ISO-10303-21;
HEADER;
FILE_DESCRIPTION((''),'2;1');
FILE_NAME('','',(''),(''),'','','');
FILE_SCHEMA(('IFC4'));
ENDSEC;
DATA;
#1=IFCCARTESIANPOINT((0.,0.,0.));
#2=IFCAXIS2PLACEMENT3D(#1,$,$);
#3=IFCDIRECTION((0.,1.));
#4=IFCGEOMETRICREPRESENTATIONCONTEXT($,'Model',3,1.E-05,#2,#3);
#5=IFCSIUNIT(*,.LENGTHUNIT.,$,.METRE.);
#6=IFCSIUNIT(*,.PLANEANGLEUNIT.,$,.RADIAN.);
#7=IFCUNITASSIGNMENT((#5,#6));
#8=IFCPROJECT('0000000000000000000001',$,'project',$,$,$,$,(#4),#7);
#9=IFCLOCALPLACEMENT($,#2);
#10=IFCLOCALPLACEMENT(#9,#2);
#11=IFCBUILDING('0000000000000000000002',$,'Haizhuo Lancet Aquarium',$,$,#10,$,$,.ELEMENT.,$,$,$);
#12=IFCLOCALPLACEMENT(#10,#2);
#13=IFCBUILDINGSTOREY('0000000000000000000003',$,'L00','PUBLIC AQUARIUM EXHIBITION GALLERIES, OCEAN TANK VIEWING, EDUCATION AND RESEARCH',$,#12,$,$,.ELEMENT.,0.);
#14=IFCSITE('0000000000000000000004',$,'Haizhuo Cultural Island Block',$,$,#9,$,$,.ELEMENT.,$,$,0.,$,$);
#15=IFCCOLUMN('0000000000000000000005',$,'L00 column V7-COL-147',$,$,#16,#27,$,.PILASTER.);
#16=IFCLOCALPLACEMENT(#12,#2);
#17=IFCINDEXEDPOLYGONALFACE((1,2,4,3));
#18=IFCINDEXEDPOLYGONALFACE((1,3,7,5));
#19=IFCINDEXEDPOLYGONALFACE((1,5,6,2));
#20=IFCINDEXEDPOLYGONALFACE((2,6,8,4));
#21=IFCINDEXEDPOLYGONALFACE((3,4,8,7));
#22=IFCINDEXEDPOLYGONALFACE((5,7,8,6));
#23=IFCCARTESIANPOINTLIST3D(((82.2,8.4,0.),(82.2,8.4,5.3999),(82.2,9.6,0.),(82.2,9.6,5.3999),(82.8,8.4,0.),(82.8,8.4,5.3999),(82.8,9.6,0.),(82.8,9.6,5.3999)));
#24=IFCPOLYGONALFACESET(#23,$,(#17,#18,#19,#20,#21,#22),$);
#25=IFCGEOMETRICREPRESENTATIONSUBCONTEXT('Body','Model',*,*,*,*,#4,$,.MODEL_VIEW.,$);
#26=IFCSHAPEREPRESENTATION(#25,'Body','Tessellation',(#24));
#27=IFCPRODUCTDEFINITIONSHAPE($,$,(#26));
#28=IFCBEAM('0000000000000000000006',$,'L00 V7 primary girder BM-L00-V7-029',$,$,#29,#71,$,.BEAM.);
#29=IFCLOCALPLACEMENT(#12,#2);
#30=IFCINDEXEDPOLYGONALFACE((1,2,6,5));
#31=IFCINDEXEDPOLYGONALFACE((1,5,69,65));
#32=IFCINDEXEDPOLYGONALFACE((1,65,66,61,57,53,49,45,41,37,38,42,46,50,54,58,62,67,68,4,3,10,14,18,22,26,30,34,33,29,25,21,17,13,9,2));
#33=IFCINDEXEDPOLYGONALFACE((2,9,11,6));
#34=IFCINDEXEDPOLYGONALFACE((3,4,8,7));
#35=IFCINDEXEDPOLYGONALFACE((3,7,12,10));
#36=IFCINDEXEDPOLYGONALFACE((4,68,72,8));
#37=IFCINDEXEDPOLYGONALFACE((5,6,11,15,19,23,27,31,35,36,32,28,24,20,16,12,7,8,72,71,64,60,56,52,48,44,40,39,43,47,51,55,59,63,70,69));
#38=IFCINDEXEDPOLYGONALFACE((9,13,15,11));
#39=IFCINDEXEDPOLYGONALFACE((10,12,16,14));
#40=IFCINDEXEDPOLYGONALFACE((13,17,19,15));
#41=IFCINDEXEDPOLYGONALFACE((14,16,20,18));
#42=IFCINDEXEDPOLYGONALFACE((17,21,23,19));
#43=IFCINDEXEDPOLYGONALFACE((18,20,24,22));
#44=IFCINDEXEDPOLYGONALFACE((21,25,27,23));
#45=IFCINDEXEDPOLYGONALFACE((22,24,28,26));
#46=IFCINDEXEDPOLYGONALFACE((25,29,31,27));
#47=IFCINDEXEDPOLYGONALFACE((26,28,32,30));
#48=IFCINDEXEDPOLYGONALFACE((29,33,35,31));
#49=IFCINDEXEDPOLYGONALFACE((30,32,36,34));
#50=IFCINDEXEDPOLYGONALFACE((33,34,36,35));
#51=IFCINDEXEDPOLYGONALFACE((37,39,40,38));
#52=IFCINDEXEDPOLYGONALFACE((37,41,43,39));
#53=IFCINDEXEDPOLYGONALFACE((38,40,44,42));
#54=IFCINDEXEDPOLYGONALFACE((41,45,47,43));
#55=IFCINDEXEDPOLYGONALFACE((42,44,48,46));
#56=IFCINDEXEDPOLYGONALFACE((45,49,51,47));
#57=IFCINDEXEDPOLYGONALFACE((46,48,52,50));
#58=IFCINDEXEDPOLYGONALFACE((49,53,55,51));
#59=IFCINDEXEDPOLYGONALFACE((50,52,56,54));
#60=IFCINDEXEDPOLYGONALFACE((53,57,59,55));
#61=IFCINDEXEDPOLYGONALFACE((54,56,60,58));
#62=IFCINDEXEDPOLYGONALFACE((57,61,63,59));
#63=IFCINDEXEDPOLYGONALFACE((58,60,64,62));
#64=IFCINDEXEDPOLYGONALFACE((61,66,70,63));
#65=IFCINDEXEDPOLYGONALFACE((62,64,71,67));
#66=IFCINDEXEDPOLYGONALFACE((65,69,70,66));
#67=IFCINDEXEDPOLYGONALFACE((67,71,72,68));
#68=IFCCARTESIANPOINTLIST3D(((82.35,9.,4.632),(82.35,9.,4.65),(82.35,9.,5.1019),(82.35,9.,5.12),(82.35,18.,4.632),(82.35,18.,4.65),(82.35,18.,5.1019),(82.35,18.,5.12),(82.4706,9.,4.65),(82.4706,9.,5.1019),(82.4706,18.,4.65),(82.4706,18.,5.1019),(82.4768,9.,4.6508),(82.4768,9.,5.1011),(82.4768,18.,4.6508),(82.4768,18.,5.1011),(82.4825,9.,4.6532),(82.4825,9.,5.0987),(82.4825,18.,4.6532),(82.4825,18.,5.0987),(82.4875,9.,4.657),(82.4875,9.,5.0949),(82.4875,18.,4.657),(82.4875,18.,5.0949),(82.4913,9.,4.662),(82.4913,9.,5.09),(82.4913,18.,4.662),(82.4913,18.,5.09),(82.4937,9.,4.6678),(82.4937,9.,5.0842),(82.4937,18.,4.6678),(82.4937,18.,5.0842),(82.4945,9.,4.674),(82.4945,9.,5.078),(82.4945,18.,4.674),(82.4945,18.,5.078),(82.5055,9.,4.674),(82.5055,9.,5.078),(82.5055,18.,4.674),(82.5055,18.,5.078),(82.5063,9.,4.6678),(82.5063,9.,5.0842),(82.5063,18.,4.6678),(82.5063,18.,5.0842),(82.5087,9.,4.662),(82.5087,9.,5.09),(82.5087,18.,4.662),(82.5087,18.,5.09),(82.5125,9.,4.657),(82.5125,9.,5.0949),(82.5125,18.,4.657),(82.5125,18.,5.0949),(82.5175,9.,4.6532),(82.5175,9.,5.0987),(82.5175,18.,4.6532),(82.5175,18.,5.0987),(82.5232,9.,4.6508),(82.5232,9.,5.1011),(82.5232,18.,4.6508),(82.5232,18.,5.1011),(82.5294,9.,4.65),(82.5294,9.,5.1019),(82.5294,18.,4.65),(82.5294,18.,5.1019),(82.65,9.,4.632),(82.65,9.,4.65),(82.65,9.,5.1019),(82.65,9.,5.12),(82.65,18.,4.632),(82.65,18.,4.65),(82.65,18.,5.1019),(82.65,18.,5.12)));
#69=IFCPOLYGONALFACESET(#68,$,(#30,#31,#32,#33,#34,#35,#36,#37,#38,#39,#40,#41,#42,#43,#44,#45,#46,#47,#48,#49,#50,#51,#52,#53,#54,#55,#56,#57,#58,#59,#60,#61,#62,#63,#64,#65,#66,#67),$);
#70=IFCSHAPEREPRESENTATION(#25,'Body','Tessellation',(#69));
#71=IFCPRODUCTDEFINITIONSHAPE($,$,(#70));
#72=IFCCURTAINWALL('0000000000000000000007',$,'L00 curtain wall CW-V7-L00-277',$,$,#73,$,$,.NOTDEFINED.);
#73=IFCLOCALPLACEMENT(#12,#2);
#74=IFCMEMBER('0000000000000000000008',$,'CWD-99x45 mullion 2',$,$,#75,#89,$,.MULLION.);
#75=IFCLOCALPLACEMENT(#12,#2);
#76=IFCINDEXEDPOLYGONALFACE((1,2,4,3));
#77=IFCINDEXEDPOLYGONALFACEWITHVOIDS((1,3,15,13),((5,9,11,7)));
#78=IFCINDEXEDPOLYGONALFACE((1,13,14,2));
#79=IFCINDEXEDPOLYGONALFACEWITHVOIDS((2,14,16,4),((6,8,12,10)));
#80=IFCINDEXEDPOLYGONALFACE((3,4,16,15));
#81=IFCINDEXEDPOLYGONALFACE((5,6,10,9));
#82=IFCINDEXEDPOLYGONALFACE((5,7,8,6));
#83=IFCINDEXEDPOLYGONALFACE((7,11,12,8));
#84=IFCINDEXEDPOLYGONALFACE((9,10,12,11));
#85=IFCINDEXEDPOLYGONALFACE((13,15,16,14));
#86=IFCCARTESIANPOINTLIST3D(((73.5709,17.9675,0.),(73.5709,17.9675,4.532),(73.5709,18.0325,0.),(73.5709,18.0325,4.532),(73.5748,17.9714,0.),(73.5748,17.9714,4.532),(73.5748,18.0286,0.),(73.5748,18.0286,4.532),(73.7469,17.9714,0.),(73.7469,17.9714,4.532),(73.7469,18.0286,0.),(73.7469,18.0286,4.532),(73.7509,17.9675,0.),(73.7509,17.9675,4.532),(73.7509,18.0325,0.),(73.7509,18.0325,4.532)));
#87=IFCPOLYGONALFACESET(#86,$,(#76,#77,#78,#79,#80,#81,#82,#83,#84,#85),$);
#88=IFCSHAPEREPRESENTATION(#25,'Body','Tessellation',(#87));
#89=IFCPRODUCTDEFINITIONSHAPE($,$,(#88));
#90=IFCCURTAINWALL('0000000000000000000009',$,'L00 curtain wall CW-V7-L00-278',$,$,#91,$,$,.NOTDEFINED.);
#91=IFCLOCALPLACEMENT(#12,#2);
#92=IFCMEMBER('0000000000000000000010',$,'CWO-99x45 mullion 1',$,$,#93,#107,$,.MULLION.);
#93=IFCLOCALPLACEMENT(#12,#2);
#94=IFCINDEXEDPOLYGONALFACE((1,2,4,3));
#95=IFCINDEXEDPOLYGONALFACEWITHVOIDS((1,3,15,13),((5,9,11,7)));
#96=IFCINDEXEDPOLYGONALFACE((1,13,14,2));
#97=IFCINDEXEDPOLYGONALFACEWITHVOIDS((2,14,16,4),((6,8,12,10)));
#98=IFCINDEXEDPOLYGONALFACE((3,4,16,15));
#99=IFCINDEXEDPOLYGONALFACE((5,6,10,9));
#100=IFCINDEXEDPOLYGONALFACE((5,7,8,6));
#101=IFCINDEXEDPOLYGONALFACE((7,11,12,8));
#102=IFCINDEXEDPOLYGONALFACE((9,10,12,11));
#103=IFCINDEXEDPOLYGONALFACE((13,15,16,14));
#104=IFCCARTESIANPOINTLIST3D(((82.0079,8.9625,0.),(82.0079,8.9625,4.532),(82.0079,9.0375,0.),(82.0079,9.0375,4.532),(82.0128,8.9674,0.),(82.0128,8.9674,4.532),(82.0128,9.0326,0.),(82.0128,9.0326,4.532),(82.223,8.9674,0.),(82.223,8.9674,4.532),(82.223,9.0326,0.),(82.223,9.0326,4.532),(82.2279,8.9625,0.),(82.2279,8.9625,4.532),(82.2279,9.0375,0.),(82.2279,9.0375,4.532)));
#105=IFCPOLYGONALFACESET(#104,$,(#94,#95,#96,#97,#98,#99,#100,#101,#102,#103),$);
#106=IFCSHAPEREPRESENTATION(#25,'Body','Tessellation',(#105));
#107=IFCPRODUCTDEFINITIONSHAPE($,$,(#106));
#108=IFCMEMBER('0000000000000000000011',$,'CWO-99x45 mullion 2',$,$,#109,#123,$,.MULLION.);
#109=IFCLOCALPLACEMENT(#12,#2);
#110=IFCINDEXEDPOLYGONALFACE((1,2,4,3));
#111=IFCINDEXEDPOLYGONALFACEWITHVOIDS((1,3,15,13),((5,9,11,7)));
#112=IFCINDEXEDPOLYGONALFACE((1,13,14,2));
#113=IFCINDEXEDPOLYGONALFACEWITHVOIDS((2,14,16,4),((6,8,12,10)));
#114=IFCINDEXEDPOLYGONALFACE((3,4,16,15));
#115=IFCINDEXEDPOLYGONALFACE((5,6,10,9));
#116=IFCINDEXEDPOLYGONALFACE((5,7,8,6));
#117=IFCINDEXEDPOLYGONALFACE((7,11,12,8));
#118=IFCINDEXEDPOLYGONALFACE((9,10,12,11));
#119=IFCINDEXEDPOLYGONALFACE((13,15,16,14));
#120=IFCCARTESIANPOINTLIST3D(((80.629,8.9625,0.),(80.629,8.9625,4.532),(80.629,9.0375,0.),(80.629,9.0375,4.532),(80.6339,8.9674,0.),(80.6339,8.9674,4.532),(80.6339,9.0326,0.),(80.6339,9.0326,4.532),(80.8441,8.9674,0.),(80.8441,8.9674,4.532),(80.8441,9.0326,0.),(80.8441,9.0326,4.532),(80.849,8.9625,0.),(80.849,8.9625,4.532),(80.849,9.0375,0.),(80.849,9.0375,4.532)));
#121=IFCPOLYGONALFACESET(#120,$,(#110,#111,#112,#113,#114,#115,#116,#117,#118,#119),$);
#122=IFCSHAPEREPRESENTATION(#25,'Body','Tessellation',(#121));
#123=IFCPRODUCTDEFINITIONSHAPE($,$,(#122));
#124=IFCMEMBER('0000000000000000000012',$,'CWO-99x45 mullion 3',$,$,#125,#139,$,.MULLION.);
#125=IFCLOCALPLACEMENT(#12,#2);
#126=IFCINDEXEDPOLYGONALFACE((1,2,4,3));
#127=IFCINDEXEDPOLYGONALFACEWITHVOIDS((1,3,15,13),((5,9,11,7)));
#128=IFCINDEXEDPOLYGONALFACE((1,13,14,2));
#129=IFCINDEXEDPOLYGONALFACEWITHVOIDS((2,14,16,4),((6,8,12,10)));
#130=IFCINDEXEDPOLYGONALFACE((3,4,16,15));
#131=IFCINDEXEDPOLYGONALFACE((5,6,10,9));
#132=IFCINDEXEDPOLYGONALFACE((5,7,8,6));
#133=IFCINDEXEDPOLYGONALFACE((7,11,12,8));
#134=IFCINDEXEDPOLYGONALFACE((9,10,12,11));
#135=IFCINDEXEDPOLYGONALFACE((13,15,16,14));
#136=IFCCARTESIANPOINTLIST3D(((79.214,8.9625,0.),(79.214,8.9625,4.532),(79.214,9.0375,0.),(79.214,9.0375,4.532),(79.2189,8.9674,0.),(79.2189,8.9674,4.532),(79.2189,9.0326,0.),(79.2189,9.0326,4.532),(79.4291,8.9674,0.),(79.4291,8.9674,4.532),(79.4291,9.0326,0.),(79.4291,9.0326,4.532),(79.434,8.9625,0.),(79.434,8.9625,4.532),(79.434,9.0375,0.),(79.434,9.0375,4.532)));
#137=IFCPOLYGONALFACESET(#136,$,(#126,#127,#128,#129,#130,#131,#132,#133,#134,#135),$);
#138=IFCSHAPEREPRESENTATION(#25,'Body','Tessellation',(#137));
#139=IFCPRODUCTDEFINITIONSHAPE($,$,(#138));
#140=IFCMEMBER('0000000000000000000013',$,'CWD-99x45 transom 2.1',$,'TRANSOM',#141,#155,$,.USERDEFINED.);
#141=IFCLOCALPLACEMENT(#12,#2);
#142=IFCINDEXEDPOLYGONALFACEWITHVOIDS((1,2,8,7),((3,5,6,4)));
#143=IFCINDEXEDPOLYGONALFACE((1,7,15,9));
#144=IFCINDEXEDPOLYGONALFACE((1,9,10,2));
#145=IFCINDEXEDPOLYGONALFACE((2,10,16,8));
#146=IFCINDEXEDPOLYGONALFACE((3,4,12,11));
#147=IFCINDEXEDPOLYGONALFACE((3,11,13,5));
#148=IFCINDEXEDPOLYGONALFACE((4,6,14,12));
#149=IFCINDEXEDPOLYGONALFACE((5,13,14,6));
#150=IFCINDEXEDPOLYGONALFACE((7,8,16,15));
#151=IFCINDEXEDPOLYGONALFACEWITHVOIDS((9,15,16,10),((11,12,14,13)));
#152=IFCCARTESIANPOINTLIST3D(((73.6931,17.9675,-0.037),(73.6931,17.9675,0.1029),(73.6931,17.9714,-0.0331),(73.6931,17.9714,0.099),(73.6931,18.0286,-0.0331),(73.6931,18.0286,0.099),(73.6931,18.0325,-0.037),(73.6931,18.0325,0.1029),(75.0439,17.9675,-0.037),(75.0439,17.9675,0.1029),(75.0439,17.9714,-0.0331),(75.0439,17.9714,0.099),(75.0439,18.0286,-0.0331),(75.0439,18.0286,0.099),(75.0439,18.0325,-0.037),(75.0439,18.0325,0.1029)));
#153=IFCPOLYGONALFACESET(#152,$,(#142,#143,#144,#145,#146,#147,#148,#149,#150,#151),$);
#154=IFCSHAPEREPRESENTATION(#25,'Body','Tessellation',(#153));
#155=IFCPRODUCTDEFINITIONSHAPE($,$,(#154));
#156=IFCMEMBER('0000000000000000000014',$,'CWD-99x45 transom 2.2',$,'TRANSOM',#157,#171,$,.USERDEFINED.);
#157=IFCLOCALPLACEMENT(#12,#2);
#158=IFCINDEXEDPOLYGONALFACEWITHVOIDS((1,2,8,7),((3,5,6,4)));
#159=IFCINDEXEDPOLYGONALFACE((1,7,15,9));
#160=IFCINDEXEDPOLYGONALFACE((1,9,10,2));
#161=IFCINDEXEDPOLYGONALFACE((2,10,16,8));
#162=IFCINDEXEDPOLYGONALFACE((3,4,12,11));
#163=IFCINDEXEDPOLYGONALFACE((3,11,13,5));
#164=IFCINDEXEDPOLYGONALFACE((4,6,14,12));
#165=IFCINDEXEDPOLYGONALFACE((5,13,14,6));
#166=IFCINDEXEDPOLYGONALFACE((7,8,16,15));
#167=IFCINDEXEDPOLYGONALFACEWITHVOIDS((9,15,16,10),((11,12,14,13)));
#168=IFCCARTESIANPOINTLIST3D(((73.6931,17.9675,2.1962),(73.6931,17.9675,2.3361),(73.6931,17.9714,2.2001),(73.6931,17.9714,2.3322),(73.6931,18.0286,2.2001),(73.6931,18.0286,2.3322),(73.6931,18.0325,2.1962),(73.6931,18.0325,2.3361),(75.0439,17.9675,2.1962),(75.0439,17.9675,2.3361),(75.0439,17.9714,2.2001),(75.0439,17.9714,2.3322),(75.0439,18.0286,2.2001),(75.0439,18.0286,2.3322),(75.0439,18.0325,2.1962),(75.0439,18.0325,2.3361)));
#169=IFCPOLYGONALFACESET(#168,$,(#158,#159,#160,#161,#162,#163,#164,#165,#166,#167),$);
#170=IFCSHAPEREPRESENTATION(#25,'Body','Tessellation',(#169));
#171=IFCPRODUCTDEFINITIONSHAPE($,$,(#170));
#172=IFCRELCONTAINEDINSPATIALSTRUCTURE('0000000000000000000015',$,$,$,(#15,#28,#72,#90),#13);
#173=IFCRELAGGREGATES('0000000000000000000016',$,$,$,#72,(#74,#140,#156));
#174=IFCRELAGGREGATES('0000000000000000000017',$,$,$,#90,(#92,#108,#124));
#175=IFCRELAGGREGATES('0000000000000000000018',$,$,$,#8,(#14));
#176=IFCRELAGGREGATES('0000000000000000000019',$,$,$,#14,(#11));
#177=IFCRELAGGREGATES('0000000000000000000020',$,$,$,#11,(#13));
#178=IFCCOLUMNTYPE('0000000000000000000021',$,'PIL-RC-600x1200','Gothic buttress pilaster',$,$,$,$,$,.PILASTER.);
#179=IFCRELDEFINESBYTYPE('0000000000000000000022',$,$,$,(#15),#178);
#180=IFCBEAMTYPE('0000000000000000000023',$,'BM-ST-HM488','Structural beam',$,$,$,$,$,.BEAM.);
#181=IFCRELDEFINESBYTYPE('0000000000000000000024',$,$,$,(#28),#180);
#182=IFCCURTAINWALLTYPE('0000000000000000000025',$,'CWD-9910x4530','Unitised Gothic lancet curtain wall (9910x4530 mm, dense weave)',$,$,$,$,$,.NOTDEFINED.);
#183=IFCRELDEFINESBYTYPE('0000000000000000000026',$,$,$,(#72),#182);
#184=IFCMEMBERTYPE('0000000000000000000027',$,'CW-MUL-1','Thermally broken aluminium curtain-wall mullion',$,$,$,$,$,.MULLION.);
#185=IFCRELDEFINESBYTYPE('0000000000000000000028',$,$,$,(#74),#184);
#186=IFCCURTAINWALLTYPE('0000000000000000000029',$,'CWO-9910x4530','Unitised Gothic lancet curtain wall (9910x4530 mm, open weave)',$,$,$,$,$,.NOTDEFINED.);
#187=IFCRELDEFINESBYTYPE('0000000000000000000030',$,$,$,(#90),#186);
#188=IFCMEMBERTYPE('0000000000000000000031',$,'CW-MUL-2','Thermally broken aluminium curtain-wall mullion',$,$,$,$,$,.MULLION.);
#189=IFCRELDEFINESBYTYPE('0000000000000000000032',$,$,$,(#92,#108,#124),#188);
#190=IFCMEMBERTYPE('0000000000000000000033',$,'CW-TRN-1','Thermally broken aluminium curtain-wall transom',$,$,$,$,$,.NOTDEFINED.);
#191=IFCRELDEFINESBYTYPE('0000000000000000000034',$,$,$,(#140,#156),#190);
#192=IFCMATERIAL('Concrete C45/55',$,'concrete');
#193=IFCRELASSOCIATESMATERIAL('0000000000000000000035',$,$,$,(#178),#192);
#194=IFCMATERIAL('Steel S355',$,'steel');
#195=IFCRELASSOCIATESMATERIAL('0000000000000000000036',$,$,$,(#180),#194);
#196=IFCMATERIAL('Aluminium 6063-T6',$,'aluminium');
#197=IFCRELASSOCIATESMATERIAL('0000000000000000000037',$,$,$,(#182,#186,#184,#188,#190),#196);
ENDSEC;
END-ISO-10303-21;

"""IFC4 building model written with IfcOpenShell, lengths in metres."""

from ifc_helpers import new_model, si_unit, direction, frame, origin, origin_2d, place, context, subcontext, project, spatial, rectangle, hollow_rectangle, i_section, extrude, material, material_profile, profile_set, type_object, element, aggregate, save


model = new_model("IFC4")

# Units and contexts
model_context = context("Model", 3, precision=1e-05, world=origin(), true_north=direction((0.0, 1.0)))
body_context = subcontext(model_context, "Body", "Model", "MODEL_VIEW")
ifc_project = project(units=[si_unit("LENGTHUNIT", "METRE"), si_unit("PLANEANGLEUNIT", "RADIAN")], contexts=[model_context])

# Site, building, storey
site_placement = place(None, origin())
site = spatial("IfcSite", under=ifc_project, at=site_placement, Name="Haizhuo Cultural Island Block", CompositionType="ELEMENT", RefElevation=0.0)
building_placement = place(site_placement, origin())
building = spatial("IfcBuilding", under=site, at=building_placement, Name="Haizhuo Lancet Aquarium", CompositionType="ELEMENT")
storey_placement = place(building_placement, origin())
storey = spatial("IfcBuildingStorey", under=building, at=storey_placement, Name="L00", Description="PUBLIC AQUARIUM EXHIBITION GALLERIES, OCEAN TANK VIEWING, EDUCATION AND RESEARCH", CompositionType="ELEMENT", Elevation=0.0)

# Column
ifc_material_1 = material(Name="Concrete C45/55", Category="concrete")
ifc_material_profile_1 = material_profile(ifc_material_1, rectangle(XDim=0.6001, YDim=1.2, at=origin_2d()), Name="RC-PIL 600x1200")
ifc_profile_set_1 = profile_set([ifc_material_profile_1], Name="Concrete C45/55")
column_type = type_object("IfcColumnType", Name="PIL-RC-600x1200", Description="Gothic buttress pilaster", PredefinedType="PILASTER", material=ifc_profile_set_1)
column_placement = place(storey_placement, frame((82.5, 9.0, 0.0), z_axis=(0.0, 0.0, 1.0), x_axis=(1.0, 0.0, 0.0)))
element("IfcColumn", 1, at=column_placement, inside=storey, type_object=column_type, Name="L00 column V7-COL-147", PredefinedType="PILASTER", context=body_context, shape_type="SweptSolid", body=[
    extrude(rectangle(XDim=0.6001, YDim=1.2, at=origin_2d()), origin(), (0.0, 0.0, 1.0), 5.3999),
])

# Beam
ifc_material_2 = material(Name="Steel S355", Category="steel")
ifc_material_profile_2 = material_profile(ifc_material_2, i_section(OverallWidth=0.3, OverallDepth=0.488, WebThickness=0.011, FlangeThickness=0.0181, FilletRadius=0.0239, at=origin_2d()), Name="HM 488x300x11x18")
ifc_profile_set_2 = profile_set([ifc_material_profile_2], Name="Steel S355")
beam_type = type_object("IfcBeamType", Name="BM-ST-HM488", Description="Structural beam", PredefinedType="BEAM", material=ifc_profile_set_2)
beam_placement = place(storey_placement, frame((82.5, 9.0, 4.876), z_axis=(0.0, 1.0, 0.0), x_axis=(-1.0, 0.0, 0.0)))
element("IfcBeam", 2, at=beam_placement, inside=storey, type_object=beam_type, Name="L00 V7 primary girder BM-L00-V7-029", PredefinedType="BEAM", context=body_context, shape_type="SweptSolid", body=[
    extrude(i_section(OverallWidth=0.3, OverallDepth=0.488, WebThickness=0.011, FlangeThickness=0.0181, FilletRadius=0.0239, at=origin_2d()), origin(), (0.0, 0.0, 1.0), 9.0),
])

# Curtain wall, member
ifc_material_3 = material(Name="Aluminium 6063-T6", Category="aluminium")
curtain_wall_type_1 = type_object("IfcCurtainWallType", Name="CWD-9910x4530", Description="Unitised Gothic lancet curtain wall (9910x4530 mm, dense weave)", PredefinedType="NOTDEFINED", material=ifc_material_3)
curtain_wall_1_placement = place(storey_placement, origin())
curtain_wall_1 = element("IfcCurtainWall", 3, at=curtain_wall_1_placement, inside=storey, type_object=curtain_wall_type_1, Name="L00 curtain wall CW-V7-L00-277", PredefinedType="NOTDEFINED")
ifc_material_profile_3 = material_profile(ifc_material_3, hollow_rectangle(XDim=0.0649, YDim=0.1799, WallThickness=0.0039, at=origin_2d()), Name="ALU-M 65x180x4")
ifc_profile_set_3 = profile_set([ifc_material_profile_3], Name="Aluminium 6063-T6")
member_type_1 = type_object("IfcMemberType", Name="CW-MUL-1", Description="Thermally broken aluminium curtain-wall mullion", PredefinedType="MULLION", material=ifc_profile_set_3)
member_1_placement = place(storey_placement, frame((73.6609, 18.0, 0.0), z_axis=(0.0, 0.0, 1.0), x_axis=(0.0, 1.0, 0.0)))
member_1 = element("IfcMember", 4, at=member_1_placement, type_object=member_type_1, Name="CWD-99x45 mullion 2", PredefinedType="MULLION", context=body_context, shape_type="SweptSolid", body=[
    extrude(hollow_rectangle(XDim=0.0649, YDim=0.1799, WallThickness=0.0039, at=origin_2d()), origin(), (0.0, 0.0, 1.0), 4.532),
])

# Curtain wall, members
curtain_wall_type_2 = type_object("IfcCurtainWallType", Name="CWO-9910x4530", Description="Unitised Gothic lancet curtain wall (9910x4530 mm, open weave)", PredefinedType="NOTDEFINED", material=ifc_material_3)
curtain_wall_2_placement = place(storey_placement, origin())
curtain_wall_2 = element("IfcCurtainWall", 5, at=curtain_wall_2_placement, inside=storey, type_object=curtain_wall_type_2, Name="L00 curtain wall CW-V7-L00-278", PredefinedType="NOTDEFINED")
ifc_material_profile_4 = material_profile(ifc_material_3, hollow_rectangle(XDim=0.075, YDim=0.22, WallThickness=0.0049, at=origin_2d()), Name="ALU-M 75x220x5")
ifc_profile_set_4 = profile_set([ifc_material_profile_4], Name="Aluminium 6063-T6")
member_type_2 = type_object("IfcMemberType", Name="CW-MUL-2", Description="Thermally broken aluminium curtain-wall mullion", PredefinedType="MULLION", material=ifc_profile_set_4)
member_2_placement = place(storey_placement, frame((82.1179, 9.0, 0.0), z_axis=(0.0, 0.0, 1.0), x_axis=(0.0, -1.0, 0.0)))
member_2 = element("IfcMember", 6, at=member_2_placement, type_object=member_type_2, Name="CWO-99x45 mullion 1", PredefinedType="MULLION", context=body_context, shape_type="SweptSolid", body=[
    extrude(hollow_rectangle(XDim=0.075, YDim=0.22, WallThickness=0.0049, at=origin_2d()), origin(), (0.0, 0.0, 1.0), 4.532),
])
member_3_placement = place(storey_placement, frame((80.739, 9.0, 0.0), z_axis=(0.0, 0.0, 1.0), x_axis=(0.0, -1.0, 0.0)))
member_3 = element("IfcMember", 7, at=member_3_placement, type_object=member_type_2, Name="CWO-99x45 mullion 2", PredefinedType="MULLION", context=body_context, shape_type="SweptSolid", body=[
    extrude(hollow_rectangle(XDim=0.075, YDim=0.22, WallThickness=0.0049, at=origin_2d()), origin(), (0.0, 0.0, 1.0), 4.532),
])
member_4_placement = place(storey_placement, frame((79.324, 9.0, 0.0), z_axis=(0.0, 0.0, 1.0), x_axis=(0.0, -1.0, 0.0)))
member_4 = element("IfcMember", 8, at=member_4_placement, type_object=member_type_2, Name="CWO-99x45 mullion 3", PredefinedType="MULLION", context=body_context, shape_type="SweptSolid", body=[
    extrude(hollow_rectangle(XDim=0.075, YDim=0.22, WallThickness=0.0049, at=origin_2d()), origin(), (0.0, 0.0, 1.0), 4.532),
])

# Members
ifc_material_profile_5 = material_profile(ifc_material_3, hollow_rectangle(XDim=0.0649, YDim=0.1399, WallThickness=0.0039, at=origin_2d()), Name="ALU-T 65x140x4")
ifc_profile_set_5 = profile_set([ifc_material_profile_5], Name="Aluminium 6063-T6")
member_type_3 = type_object("IfcMemberType", Name="CW-TRN-1", Description="Thermally broken aluminium curtain-wall transom", PredefinedType="NOTDEFINED", material=ifc_profile_set_5)
member_5_placement = place(storey_placement, frame((73.6931, 18.0, 0.033), z_axis=(1.0, 0.0, 0.0), x_axis=(0.0, 1.0, 0.0)))
member_5 = element("IfcMember", 9, at=member_5_placement, type_object=member_type_3, Name="CWD-99x45 transom 2.1", ObjectType="TRANSOM", PredefinedType="USERDEFINED", context=body_context, shape_type="SweptSolid", body=[
    extrude(hollow_rectangle(XDim=0.0649, YDim=0.1399, WallThickness=0.0039, at=origin_2d()), origin(), (0.0, 0.0, 1.0), 1.3508),
])
member_6_placement = place(storey_placement, frame((73.6931, 18.0, 2.2661), z_axis=(1.0, 0.0, 0.0), x_axis=(0.0, 1.0, 0.0)))
member_6 = element("IfcMember", 10, at=member_6_placement, type_object=member_type_3, Name="CWD-99x45 transom 2.2", ObjectType="TRANSOM", PredefinedType="USERDEFINED", context=body_context, shape_type="SweptSolid", body=[
    extrude(hollow_rectangle(XDim=0.0649, YDim=0.1399, WallThickness=0.0039, at=origin_2d()), origin(), (0.0, 0.0, 1.0), 1.3508),
])
aggregate(curtain_wall_1, [member_1, member_5, member_6])

aggregate(curtain_wall_2, [member_2, member_3, member_4])

save(model, "model.ifc")
